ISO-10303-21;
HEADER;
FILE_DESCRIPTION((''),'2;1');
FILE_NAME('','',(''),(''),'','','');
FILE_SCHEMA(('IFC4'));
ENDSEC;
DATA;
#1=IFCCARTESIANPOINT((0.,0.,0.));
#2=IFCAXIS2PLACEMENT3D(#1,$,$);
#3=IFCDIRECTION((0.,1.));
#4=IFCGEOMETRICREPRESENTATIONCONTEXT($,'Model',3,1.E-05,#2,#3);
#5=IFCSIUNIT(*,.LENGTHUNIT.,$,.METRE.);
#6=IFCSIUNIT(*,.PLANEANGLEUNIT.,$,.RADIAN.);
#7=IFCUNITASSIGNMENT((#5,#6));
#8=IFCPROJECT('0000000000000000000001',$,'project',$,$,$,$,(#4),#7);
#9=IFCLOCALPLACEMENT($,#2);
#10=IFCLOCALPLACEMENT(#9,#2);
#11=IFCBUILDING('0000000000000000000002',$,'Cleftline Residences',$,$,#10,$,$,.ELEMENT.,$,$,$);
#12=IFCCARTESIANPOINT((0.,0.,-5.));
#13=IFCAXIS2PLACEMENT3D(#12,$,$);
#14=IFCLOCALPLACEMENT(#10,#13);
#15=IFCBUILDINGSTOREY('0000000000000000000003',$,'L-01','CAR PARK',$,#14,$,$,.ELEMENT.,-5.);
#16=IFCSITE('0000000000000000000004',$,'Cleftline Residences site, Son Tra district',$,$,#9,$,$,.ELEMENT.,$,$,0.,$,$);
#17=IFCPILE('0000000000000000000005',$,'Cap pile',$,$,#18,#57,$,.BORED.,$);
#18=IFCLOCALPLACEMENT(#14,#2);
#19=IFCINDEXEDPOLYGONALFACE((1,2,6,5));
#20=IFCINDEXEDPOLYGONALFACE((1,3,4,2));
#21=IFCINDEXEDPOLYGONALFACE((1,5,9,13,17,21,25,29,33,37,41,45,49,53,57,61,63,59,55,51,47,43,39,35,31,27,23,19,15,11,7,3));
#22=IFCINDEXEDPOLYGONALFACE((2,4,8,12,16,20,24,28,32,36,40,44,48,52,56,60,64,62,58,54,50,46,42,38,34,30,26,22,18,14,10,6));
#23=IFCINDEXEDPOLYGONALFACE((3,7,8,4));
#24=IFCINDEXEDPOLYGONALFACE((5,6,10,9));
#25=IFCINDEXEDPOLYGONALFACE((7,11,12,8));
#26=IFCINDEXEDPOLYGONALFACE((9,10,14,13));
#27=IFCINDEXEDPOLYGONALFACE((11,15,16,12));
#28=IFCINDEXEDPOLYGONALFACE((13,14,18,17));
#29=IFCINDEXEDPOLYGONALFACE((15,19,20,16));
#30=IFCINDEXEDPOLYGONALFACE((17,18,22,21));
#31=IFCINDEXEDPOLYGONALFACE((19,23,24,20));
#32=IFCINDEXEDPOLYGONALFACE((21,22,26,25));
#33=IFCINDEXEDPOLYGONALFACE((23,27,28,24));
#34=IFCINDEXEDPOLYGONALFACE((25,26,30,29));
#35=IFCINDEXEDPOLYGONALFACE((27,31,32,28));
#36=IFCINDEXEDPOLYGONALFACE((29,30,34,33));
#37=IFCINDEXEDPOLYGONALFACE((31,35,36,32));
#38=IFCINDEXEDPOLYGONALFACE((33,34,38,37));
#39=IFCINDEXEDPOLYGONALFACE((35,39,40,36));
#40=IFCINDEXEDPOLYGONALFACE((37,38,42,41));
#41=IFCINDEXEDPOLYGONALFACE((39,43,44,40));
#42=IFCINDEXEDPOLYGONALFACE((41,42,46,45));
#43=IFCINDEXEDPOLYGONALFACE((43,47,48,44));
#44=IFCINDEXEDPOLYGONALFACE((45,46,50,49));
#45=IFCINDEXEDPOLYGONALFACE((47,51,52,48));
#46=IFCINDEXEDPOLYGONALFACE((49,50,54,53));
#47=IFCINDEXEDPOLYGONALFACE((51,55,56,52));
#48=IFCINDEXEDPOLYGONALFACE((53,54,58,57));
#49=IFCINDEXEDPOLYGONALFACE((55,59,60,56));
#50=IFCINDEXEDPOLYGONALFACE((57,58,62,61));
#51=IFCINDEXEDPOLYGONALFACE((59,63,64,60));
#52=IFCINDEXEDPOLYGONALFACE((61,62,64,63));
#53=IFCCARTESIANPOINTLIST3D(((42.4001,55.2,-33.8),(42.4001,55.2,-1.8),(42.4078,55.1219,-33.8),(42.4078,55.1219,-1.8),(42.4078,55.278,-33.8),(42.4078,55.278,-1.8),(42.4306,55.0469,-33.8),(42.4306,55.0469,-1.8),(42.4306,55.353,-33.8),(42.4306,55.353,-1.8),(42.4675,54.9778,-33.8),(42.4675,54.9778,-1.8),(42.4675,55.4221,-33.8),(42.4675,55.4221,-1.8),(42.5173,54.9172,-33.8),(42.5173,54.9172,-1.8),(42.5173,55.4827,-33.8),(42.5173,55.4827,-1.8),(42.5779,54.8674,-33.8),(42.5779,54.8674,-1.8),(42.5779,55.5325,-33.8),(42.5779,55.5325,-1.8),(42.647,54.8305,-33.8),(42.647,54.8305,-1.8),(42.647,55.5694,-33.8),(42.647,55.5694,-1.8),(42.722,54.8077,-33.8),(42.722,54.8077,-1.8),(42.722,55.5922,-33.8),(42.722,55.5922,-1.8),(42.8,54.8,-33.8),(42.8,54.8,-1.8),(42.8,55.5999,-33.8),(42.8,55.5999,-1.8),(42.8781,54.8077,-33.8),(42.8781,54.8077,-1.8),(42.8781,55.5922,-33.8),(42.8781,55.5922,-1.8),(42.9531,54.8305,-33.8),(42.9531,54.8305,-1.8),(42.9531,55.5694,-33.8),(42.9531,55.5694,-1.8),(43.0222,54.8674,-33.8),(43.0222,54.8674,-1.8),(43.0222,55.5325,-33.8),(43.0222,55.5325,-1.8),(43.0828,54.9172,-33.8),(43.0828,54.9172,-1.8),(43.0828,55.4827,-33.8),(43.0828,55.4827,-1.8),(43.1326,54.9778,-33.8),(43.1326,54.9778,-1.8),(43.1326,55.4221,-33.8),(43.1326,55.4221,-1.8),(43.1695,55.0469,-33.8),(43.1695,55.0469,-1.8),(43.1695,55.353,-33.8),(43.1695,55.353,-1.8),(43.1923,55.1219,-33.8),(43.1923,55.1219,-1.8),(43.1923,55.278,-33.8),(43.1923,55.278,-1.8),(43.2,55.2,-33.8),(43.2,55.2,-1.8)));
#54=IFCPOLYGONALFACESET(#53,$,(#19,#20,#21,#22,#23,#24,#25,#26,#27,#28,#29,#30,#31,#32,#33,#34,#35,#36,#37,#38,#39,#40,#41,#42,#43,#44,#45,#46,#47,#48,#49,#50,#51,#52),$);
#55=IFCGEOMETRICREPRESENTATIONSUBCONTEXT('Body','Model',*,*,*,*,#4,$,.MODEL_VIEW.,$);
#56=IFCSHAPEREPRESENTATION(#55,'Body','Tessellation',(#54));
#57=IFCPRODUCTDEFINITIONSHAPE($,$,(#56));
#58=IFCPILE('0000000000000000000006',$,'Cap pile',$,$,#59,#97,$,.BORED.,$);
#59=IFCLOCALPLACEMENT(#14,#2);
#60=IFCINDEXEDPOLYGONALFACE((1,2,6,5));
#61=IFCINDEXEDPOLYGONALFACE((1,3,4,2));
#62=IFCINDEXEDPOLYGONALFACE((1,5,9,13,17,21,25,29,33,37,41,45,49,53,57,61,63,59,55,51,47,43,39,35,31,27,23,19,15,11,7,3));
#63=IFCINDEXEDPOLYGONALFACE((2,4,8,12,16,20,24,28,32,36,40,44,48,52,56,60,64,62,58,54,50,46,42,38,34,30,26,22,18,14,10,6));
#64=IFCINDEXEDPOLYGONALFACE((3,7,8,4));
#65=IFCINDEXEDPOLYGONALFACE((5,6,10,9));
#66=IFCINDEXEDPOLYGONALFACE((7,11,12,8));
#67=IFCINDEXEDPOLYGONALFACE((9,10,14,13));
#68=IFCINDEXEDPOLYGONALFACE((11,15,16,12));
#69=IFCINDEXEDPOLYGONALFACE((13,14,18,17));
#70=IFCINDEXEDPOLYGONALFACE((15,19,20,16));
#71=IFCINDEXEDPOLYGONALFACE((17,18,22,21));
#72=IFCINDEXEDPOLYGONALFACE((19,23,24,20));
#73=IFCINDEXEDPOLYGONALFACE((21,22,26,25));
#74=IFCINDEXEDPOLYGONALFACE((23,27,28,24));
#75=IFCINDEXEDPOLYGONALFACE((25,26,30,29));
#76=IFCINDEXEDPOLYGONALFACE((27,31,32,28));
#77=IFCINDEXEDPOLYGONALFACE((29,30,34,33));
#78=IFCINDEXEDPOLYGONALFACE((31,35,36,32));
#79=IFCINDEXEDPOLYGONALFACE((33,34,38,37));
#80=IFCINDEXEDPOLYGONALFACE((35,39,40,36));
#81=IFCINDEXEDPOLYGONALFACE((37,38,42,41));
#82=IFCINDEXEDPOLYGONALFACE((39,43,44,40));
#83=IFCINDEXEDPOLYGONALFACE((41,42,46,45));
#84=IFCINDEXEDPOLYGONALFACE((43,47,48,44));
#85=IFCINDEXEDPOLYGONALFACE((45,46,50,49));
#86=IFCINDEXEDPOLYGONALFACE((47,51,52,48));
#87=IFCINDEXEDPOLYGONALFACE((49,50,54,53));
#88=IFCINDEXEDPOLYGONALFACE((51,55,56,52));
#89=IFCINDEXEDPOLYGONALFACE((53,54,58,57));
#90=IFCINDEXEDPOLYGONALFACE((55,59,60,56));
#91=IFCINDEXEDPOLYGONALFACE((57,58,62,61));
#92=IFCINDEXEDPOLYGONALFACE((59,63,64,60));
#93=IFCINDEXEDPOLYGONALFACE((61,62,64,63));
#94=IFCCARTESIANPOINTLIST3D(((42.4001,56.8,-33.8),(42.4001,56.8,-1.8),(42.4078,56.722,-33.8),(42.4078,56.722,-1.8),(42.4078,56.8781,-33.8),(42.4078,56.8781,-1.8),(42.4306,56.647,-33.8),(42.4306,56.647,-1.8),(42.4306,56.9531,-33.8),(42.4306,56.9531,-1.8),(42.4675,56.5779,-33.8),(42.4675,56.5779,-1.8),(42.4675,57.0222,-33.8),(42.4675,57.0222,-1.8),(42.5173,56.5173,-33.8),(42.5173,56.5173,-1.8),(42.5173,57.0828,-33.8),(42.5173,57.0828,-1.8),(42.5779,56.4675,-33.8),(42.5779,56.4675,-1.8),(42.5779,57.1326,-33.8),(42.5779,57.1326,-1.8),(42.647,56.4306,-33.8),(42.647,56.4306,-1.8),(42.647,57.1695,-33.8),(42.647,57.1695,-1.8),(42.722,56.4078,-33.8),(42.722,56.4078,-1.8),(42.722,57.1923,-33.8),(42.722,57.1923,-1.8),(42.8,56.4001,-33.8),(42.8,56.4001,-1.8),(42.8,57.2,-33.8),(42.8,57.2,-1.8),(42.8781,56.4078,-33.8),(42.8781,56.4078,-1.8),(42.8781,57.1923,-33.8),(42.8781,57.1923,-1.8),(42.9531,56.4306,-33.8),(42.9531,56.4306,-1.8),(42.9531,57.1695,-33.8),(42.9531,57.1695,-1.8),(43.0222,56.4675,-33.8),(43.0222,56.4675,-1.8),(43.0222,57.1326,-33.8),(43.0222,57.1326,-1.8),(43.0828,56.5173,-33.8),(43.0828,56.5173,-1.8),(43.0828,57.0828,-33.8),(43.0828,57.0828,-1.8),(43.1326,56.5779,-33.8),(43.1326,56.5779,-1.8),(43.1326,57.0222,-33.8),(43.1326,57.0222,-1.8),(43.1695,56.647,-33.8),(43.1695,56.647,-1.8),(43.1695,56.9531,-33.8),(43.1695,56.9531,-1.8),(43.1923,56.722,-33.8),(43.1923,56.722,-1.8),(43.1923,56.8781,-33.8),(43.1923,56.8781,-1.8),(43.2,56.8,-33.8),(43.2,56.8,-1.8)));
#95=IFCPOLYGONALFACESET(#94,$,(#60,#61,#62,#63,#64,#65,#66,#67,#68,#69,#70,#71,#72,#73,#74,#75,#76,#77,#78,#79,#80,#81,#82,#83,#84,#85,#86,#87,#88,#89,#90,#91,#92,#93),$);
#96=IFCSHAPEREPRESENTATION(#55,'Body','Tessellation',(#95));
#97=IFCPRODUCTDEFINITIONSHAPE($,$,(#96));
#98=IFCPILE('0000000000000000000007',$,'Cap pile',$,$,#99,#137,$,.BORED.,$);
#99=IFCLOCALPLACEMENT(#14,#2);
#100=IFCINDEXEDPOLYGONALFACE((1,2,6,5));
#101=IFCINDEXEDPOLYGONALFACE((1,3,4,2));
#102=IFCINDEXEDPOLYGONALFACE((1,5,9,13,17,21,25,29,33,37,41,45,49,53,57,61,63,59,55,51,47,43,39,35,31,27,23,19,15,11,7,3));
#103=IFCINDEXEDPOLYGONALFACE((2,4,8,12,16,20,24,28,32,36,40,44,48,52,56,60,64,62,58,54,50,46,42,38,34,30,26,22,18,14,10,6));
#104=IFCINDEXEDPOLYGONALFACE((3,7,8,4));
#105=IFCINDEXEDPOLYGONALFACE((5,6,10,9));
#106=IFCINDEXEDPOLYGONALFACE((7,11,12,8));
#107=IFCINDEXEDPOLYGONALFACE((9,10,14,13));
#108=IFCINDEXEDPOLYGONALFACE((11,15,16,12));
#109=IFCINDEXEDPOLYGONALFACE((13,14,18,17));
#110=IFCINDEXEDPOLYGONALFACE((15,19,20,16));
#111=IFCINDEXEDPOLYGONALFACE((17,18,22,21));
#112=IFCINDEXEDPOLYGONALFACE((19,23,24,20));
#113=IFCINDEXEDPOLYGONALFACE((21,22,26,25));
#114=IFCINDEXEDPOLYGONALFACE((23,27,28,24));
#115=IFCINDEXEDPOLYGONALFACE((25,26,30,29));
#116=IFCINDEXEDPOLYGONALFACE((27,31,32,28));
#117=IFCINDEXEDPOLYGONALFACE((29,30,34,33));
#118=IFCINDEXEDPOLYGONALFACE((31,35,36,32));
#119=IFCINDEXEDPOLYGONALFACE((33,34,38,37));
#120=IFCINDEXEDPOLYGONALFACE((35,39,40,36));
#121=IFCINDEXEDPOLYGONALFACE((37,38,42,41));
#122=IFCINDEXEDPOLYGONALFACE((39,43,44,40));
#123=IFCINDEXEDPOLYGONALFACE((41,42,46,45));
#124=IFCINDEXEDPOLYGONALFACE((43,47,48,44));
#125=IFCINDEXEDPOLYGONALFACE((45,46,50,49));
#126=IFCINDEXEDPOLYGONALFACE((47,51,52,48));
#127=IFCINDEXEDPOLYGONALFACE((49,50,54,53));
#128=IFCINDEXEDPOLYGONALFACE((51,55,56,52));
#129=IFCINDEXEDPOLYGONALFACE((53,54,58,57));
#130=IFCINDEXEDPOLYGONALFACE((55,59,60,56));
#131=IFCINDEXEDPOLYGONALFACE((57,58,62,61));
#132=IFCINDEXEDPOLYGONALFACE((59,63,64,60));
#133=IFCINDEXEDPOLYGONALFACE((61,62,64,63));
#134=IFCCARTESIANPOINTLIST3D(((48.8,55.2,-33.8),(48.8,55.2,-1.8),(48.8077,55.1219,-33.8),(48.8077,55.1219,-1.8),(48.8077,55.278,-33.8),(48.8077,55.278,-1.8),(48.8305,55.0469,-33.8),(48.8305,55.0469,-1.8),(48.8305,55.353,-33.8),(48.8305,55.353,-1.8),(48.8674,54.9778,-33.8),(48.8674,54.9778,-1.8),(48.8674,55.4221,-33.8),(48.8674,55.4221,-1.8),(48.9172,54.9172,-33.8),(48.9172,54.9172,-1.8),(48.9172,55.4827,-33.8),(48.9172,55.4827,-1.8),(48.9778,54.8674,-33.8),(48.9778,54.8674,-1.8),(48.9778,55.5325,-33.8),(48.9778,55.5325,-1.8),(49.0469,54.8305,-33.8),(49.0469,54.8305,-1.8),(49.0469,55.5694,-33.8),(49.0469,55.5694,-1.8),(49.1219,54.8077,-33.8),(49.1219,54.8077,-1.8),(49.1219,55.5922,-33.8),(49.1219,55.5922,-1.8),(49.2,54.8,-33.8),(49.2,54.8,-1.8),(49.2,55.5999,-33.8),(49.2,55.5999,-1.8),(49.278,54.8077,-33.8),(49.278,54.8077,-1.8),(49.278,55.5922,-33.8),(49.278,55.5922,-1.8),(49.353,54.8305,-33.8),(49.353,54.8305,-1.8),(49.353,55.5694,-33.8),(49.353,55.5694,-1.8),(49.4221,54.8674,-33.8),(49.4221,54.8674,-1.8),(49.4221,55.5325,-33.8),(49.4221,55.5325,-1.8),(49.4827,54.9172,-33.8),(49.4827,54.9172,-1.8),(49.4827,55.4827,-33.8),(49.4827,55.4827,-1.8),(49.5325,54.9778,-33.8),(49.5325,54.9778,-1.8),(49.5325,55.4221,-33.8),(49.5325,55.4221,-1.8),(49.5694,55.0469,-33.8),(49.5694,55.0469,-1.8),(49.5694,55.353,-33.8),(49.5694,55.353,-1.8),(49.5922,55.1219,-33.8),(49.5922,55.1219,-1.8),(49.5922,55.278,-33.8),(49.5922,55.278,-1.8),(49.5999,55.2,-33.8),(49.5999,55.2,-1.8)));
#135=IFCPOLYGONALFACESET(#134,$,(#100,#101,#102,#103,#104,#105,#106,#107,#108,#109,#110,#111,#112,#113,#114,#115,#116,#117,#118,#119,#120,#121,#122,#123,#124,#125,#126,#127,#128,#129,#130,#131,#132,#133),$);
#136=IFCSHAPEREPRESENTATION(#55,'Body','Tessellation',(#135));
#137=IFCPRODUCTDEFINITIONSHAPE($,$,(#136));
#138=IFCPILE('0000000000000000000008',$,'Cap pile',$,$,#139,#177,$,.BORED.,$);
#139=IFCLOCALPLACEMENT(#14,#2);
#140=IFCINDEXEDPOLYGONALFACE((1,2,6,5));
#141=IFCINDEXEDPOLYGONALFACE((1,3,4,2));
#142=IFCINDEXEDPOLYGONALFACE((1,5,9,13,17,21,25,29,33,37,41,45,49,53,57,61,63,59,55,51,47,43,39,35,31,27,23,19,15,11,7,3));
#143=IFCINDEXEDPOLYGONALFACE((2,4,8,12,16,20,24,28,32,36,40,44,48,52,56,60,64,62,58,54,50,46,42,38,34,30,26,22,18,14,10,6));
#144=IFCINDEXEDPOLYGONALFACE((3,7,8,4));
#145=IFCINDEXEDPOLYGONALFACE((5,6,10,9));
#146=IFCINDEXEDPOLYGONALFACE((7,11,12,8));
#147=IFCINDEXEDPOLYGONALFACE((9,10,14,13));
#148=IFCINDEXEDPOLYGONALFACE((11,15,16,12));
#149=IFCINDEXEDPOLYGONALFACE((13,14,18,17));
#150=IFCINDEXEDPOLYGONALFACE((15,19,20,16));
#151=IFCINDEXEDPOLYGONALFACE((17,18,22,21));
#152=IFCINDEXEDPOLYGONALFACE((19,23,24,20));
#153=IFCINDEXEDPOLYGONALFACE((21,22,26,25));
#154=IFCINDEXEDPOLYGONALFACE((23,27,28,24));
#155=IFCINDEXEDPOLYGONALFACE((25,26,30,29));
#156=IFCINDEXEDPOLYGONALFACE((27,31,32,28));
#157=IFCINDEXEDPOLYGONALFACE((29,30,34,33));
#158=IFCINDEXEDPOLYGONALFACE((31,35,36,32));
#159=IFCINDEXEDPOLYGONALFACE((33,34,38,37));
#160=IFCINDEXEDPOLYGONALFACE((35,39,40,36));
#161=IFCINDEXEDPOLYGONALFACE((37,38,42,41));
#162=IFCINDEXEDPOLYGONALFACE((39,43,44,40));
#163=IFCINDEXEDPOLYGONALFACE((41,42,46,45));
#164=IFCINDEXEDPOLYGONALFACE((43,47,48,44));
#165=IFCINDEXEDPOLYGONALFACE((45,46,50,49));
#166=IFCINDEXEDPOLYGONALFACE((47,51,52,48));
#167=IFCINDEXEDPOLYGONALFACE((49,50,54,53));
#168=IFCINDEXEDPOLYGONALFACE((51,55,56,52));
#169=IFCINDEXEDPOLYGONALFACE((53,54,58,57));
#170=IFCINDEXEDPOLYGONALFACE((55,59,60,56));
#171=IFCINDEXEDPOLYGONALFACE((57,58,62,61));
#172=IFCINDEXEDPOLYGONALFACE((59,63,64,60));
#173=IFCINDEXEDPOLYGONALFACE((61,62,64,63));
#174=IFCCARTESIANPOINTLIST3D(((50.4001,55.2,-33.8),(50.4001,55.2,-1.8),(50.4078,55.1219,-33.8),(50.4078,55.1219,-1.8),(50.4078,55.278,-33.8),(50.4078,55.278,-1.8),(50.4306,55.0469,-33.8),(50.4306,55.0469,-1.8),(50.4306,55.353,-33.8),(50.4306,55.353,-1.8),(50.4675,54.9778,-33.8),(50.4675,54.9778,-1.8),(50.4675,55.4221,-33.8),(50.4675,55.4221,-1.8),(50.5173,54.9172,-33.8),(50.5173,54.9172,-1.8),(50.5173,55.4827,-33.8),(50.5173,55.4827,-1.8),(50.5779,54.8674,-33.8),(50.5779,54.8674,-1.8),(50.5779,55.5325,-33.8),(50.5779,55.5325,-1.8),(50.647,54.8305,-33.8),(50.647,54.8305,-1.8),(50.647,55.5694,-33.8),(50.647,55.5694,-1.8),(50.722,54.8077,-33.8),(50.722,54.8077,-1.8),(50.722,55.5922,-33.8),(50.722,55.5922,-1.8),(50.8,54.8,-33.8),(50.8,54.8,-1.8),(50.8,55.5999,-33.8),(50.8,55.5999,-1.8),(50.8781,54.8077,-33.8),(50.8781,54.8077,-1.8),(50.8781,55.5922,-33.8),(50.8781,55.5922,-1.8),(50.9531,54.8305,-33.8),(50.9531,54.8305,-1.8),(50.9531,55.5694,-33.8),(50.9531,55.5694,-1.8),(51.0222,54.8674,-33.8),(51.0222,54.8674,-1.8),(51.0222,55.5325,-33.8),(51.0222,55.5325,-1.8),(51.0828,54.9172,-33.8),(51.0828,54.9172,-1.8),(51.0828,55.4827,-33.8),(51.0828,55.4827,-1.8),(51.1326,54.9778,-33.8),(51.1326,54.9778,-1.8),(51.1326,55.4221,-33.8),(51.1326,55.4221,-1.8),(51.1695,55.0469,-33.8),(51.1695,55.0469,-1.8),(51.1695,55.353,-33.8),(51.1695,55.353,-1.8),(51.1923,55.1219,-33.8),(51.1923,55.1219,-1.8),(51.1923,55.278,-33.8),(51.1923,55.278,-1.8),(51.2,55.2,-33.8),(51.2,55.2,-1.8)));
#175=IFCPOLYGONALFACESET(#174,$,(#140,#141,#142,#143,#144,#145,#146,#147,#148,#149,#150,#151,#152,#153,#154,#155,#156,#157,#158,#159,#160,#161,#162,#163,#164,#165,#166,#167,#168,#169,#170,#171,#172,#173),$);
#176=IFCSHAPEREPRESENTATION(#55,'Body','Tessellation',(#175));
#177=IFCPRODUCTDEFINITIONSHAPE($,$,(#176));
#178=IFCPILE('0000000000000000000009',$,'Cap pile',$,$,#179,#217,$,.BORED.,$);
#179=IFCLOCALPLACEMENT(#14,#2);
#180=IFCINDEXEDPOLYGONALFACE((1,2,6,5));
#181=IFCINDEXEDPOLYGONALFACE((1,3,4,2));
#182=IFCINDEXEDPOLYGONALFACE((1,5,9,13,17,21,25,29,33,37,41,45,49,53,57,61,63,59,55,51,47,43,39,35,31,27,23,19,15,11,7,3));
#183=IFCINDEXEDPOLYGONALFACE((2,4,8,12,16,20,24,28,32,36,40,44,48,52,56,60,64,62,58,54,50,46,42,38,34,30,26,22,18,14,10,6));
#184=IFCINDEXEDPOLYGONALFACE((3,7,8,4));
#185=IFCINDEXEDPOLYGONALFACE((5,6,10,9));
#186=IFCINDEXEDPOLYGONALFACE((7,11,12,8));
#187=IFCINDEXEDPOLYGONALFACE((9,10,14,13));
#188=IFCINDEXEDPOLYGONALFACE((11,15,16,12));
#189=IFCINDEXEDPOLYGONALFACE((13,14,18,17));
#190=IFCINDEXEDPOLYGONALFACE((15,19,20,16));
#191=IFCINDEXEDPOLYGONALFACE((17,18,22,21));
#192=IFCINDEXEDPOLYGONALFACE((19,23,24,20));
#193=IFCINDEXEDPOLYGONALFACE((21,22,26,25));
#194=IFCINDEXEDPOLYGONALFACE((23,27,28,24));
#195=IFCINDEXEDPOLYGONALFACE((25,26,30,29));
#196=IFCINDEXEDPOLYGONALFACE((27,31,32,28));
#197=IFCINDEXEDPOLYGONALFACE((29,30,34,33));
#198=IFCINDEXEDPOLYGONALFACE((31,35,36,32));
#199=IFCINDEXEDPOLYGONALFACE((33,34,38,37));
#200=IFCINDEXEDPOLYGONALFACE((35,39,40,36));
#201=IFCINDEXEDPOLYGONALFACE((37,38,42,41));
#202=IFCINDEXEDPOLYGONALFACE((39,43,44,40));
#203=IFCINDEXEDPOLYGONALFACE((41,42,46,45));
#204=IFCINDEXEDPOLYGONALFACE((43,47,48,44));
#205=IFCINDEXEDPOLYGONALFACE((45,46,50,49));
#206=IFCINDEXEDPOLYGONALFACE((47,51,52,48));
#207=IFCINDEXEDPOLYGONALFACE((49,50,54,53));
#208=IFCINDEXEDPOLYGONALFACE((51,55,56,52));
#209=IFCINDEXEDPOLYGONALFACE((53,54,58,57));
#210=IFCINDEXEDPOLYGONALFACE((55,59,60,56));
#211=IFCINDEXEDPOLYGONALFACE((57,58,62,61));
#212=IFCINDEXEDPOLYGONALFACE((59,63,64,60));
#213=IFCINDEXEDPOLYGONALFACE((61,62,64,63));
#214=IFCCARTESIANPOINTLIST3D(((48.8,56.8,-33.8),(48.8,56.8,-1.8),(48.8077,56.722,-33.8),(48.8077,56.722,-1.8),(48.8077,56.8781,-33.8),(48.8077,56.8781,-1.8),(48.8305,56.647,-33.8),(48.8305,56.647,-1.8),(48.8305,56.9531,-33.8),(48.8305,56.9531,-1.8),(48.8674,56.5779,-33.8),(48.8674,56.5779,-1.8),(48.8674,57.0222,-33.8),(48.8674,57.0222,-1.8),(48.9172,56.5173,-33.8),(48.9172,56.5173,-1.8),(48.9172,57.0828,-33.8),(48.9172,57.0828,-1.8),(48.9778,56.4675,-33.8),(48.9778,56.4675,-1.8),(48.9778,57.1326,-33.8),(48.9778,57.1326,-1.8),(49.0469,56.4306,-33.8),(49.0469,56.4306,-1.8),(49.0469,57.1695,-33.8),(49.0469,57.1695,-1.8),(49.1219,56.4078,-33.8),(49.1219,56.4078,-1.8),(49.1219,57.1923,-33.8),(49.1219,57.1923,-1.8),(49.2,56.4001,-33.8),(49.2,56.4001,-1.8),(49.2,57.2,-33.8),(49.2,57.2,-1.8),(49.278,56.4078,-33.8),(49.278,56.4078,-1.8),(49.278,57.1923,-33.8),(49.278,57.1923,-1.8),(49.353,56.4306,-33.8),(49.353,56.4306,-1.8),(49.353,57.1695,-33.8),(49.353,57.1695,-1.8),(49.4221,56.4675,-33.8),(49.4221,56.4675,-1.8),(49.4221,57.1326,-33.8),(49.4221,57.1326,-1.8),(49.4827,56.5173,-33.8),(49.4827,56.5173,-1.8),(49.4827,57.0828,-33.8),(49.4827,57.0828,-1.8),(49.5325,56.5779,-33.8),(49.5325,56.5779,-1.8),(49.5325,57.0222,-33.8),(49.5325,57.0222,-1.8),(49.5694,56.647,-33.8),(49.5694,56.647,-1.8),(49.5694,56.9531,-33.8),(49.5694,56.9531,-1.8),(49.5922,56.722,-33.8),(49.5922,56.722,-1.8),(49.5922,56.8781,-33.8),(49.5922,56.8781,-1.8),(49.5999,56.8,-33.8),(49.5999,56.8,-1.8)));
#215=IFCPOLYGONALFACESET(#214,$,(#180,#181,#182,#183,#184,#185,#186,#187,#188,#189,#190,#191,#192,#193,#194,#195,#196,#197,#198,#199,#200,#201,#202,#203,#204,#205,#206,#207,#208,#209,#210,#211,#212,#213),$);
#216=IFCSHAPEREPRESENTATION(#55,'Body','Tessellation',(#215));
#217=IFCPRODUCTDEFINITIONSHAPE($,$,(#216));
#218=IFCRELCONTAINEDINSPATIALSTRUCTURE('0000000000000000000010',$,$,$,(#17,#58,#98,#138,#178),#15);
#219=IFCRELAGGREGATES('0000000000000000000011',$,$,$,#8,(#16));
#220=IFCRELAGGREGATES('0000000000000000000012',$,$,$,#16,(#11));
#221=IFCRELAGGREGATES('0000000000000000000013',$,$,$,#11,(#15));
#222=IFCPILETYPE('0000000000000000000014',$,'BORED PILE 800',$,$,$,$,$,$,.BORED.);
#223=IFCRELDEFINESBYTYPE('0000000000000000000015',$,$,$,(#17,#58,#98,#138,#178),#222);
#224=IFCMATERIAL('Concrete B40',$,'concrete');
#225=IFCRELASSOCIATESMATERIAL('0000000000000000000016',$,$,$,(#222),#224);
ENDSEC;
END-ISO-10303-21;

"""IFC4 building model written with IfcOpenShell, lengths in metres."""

from ifc_helpers import new_model, si_unit, direction, frame, origin, origin_2d, place, context, subcontext, project, spatial, circle, extrude, material, material_profile, profile_set, type_object, element, save


model = new_model("IFC4")

# Units and contexts
model_context = context("Model", 3, precision=1e-05, world=origin(), true_north=direction((0.0, 1.0)))
body_context = subcontext(model_context, "Body", "Model", "MODEL_VIEW")
ifc_project = project(units=[si_unit("LENGTHUNIT", "METRE"), si_unit("PLANEANGLEUNIT", "RADIAN")], contexts=[model_context])

# Site, building, storey
site_placement = place(None, origin())
site = spatial("IfcSite", under=ifc_project, at=site_placement, Name="Cleftline Residences site, Son Tra district", CompositionType="ELEMENT", RefElevation=0.0)
building_placement = place(site_placement, origin())
building = spatial("IfcBuilding", under=site, at=building_placement, Name="Cleftline Residences", CompositionType="ELEMENT")
storey_placement = place(building_placement, frame((0.0, 0.0, -5.0)))
storey = spatial("IfcBuildingStorey", under=building, at=storey_placement, Name="L-01", Description="CAR PARK", CompositionType="ELEMENT", Elevation=-5.0)

# Piles
ifc_material_1 = material(Name="Concrete B40", Category="concrete")
ifc_material_profile_1 = material_profile(ifc_material_1, circle(Radius=0.3999, at=origin_2d()))
ifc_profile_set_1 = profile_set([ifc_material_profile_1], Name="Concrete B40")
pile_type_1 = type_object("IfcPileType", Name="BORED PILE 800", PredefinedType="BORED", material=ifc_profile_set_1)
for number, where, z_axis, x_axis, name in (
    (1, (42.8, 55.2, -1.8), (0.0, 0.0, -1.0), (1.0, 0.0, 0.0), "Cap pile"),
    (2, (42.8, 56.8, -1.8), (0.0, 0.0, -1.0), (1.0, 0.0, 0.0), "Cap pile"),
    (3, (49.2, 55.2, -1.8), (0.0, 0.0, -1.0), (1.0, 0.0, 0.0), "Cap pile"),
    (4, (50.8, 55.2, -1.8), (0.0, 0.0, -1.0), (1.0, 0.0, 0.0), "Cap pile"),
    (5, (49.2, 56.8, -1.8), (0.0, 0.0, -1.0), (1.0, 0.0, 0.0), "Cap pile"),
):
    element("IfcPile", number, at=place(storey_placement, frame(where, z_axis=z_axis, x_axis=x_axis)), inside=storey, type_object=pile_type_1, Name=name, PredefinedType="BORED", context=body_context, shape_type="SweptSolid", body=[
        extrude(circle(Radius=0.3999, at=origin_2d()), origin(), (0.0, 0.0, 1.0), 32.0),
    ])

save(model, "model.ifc")
